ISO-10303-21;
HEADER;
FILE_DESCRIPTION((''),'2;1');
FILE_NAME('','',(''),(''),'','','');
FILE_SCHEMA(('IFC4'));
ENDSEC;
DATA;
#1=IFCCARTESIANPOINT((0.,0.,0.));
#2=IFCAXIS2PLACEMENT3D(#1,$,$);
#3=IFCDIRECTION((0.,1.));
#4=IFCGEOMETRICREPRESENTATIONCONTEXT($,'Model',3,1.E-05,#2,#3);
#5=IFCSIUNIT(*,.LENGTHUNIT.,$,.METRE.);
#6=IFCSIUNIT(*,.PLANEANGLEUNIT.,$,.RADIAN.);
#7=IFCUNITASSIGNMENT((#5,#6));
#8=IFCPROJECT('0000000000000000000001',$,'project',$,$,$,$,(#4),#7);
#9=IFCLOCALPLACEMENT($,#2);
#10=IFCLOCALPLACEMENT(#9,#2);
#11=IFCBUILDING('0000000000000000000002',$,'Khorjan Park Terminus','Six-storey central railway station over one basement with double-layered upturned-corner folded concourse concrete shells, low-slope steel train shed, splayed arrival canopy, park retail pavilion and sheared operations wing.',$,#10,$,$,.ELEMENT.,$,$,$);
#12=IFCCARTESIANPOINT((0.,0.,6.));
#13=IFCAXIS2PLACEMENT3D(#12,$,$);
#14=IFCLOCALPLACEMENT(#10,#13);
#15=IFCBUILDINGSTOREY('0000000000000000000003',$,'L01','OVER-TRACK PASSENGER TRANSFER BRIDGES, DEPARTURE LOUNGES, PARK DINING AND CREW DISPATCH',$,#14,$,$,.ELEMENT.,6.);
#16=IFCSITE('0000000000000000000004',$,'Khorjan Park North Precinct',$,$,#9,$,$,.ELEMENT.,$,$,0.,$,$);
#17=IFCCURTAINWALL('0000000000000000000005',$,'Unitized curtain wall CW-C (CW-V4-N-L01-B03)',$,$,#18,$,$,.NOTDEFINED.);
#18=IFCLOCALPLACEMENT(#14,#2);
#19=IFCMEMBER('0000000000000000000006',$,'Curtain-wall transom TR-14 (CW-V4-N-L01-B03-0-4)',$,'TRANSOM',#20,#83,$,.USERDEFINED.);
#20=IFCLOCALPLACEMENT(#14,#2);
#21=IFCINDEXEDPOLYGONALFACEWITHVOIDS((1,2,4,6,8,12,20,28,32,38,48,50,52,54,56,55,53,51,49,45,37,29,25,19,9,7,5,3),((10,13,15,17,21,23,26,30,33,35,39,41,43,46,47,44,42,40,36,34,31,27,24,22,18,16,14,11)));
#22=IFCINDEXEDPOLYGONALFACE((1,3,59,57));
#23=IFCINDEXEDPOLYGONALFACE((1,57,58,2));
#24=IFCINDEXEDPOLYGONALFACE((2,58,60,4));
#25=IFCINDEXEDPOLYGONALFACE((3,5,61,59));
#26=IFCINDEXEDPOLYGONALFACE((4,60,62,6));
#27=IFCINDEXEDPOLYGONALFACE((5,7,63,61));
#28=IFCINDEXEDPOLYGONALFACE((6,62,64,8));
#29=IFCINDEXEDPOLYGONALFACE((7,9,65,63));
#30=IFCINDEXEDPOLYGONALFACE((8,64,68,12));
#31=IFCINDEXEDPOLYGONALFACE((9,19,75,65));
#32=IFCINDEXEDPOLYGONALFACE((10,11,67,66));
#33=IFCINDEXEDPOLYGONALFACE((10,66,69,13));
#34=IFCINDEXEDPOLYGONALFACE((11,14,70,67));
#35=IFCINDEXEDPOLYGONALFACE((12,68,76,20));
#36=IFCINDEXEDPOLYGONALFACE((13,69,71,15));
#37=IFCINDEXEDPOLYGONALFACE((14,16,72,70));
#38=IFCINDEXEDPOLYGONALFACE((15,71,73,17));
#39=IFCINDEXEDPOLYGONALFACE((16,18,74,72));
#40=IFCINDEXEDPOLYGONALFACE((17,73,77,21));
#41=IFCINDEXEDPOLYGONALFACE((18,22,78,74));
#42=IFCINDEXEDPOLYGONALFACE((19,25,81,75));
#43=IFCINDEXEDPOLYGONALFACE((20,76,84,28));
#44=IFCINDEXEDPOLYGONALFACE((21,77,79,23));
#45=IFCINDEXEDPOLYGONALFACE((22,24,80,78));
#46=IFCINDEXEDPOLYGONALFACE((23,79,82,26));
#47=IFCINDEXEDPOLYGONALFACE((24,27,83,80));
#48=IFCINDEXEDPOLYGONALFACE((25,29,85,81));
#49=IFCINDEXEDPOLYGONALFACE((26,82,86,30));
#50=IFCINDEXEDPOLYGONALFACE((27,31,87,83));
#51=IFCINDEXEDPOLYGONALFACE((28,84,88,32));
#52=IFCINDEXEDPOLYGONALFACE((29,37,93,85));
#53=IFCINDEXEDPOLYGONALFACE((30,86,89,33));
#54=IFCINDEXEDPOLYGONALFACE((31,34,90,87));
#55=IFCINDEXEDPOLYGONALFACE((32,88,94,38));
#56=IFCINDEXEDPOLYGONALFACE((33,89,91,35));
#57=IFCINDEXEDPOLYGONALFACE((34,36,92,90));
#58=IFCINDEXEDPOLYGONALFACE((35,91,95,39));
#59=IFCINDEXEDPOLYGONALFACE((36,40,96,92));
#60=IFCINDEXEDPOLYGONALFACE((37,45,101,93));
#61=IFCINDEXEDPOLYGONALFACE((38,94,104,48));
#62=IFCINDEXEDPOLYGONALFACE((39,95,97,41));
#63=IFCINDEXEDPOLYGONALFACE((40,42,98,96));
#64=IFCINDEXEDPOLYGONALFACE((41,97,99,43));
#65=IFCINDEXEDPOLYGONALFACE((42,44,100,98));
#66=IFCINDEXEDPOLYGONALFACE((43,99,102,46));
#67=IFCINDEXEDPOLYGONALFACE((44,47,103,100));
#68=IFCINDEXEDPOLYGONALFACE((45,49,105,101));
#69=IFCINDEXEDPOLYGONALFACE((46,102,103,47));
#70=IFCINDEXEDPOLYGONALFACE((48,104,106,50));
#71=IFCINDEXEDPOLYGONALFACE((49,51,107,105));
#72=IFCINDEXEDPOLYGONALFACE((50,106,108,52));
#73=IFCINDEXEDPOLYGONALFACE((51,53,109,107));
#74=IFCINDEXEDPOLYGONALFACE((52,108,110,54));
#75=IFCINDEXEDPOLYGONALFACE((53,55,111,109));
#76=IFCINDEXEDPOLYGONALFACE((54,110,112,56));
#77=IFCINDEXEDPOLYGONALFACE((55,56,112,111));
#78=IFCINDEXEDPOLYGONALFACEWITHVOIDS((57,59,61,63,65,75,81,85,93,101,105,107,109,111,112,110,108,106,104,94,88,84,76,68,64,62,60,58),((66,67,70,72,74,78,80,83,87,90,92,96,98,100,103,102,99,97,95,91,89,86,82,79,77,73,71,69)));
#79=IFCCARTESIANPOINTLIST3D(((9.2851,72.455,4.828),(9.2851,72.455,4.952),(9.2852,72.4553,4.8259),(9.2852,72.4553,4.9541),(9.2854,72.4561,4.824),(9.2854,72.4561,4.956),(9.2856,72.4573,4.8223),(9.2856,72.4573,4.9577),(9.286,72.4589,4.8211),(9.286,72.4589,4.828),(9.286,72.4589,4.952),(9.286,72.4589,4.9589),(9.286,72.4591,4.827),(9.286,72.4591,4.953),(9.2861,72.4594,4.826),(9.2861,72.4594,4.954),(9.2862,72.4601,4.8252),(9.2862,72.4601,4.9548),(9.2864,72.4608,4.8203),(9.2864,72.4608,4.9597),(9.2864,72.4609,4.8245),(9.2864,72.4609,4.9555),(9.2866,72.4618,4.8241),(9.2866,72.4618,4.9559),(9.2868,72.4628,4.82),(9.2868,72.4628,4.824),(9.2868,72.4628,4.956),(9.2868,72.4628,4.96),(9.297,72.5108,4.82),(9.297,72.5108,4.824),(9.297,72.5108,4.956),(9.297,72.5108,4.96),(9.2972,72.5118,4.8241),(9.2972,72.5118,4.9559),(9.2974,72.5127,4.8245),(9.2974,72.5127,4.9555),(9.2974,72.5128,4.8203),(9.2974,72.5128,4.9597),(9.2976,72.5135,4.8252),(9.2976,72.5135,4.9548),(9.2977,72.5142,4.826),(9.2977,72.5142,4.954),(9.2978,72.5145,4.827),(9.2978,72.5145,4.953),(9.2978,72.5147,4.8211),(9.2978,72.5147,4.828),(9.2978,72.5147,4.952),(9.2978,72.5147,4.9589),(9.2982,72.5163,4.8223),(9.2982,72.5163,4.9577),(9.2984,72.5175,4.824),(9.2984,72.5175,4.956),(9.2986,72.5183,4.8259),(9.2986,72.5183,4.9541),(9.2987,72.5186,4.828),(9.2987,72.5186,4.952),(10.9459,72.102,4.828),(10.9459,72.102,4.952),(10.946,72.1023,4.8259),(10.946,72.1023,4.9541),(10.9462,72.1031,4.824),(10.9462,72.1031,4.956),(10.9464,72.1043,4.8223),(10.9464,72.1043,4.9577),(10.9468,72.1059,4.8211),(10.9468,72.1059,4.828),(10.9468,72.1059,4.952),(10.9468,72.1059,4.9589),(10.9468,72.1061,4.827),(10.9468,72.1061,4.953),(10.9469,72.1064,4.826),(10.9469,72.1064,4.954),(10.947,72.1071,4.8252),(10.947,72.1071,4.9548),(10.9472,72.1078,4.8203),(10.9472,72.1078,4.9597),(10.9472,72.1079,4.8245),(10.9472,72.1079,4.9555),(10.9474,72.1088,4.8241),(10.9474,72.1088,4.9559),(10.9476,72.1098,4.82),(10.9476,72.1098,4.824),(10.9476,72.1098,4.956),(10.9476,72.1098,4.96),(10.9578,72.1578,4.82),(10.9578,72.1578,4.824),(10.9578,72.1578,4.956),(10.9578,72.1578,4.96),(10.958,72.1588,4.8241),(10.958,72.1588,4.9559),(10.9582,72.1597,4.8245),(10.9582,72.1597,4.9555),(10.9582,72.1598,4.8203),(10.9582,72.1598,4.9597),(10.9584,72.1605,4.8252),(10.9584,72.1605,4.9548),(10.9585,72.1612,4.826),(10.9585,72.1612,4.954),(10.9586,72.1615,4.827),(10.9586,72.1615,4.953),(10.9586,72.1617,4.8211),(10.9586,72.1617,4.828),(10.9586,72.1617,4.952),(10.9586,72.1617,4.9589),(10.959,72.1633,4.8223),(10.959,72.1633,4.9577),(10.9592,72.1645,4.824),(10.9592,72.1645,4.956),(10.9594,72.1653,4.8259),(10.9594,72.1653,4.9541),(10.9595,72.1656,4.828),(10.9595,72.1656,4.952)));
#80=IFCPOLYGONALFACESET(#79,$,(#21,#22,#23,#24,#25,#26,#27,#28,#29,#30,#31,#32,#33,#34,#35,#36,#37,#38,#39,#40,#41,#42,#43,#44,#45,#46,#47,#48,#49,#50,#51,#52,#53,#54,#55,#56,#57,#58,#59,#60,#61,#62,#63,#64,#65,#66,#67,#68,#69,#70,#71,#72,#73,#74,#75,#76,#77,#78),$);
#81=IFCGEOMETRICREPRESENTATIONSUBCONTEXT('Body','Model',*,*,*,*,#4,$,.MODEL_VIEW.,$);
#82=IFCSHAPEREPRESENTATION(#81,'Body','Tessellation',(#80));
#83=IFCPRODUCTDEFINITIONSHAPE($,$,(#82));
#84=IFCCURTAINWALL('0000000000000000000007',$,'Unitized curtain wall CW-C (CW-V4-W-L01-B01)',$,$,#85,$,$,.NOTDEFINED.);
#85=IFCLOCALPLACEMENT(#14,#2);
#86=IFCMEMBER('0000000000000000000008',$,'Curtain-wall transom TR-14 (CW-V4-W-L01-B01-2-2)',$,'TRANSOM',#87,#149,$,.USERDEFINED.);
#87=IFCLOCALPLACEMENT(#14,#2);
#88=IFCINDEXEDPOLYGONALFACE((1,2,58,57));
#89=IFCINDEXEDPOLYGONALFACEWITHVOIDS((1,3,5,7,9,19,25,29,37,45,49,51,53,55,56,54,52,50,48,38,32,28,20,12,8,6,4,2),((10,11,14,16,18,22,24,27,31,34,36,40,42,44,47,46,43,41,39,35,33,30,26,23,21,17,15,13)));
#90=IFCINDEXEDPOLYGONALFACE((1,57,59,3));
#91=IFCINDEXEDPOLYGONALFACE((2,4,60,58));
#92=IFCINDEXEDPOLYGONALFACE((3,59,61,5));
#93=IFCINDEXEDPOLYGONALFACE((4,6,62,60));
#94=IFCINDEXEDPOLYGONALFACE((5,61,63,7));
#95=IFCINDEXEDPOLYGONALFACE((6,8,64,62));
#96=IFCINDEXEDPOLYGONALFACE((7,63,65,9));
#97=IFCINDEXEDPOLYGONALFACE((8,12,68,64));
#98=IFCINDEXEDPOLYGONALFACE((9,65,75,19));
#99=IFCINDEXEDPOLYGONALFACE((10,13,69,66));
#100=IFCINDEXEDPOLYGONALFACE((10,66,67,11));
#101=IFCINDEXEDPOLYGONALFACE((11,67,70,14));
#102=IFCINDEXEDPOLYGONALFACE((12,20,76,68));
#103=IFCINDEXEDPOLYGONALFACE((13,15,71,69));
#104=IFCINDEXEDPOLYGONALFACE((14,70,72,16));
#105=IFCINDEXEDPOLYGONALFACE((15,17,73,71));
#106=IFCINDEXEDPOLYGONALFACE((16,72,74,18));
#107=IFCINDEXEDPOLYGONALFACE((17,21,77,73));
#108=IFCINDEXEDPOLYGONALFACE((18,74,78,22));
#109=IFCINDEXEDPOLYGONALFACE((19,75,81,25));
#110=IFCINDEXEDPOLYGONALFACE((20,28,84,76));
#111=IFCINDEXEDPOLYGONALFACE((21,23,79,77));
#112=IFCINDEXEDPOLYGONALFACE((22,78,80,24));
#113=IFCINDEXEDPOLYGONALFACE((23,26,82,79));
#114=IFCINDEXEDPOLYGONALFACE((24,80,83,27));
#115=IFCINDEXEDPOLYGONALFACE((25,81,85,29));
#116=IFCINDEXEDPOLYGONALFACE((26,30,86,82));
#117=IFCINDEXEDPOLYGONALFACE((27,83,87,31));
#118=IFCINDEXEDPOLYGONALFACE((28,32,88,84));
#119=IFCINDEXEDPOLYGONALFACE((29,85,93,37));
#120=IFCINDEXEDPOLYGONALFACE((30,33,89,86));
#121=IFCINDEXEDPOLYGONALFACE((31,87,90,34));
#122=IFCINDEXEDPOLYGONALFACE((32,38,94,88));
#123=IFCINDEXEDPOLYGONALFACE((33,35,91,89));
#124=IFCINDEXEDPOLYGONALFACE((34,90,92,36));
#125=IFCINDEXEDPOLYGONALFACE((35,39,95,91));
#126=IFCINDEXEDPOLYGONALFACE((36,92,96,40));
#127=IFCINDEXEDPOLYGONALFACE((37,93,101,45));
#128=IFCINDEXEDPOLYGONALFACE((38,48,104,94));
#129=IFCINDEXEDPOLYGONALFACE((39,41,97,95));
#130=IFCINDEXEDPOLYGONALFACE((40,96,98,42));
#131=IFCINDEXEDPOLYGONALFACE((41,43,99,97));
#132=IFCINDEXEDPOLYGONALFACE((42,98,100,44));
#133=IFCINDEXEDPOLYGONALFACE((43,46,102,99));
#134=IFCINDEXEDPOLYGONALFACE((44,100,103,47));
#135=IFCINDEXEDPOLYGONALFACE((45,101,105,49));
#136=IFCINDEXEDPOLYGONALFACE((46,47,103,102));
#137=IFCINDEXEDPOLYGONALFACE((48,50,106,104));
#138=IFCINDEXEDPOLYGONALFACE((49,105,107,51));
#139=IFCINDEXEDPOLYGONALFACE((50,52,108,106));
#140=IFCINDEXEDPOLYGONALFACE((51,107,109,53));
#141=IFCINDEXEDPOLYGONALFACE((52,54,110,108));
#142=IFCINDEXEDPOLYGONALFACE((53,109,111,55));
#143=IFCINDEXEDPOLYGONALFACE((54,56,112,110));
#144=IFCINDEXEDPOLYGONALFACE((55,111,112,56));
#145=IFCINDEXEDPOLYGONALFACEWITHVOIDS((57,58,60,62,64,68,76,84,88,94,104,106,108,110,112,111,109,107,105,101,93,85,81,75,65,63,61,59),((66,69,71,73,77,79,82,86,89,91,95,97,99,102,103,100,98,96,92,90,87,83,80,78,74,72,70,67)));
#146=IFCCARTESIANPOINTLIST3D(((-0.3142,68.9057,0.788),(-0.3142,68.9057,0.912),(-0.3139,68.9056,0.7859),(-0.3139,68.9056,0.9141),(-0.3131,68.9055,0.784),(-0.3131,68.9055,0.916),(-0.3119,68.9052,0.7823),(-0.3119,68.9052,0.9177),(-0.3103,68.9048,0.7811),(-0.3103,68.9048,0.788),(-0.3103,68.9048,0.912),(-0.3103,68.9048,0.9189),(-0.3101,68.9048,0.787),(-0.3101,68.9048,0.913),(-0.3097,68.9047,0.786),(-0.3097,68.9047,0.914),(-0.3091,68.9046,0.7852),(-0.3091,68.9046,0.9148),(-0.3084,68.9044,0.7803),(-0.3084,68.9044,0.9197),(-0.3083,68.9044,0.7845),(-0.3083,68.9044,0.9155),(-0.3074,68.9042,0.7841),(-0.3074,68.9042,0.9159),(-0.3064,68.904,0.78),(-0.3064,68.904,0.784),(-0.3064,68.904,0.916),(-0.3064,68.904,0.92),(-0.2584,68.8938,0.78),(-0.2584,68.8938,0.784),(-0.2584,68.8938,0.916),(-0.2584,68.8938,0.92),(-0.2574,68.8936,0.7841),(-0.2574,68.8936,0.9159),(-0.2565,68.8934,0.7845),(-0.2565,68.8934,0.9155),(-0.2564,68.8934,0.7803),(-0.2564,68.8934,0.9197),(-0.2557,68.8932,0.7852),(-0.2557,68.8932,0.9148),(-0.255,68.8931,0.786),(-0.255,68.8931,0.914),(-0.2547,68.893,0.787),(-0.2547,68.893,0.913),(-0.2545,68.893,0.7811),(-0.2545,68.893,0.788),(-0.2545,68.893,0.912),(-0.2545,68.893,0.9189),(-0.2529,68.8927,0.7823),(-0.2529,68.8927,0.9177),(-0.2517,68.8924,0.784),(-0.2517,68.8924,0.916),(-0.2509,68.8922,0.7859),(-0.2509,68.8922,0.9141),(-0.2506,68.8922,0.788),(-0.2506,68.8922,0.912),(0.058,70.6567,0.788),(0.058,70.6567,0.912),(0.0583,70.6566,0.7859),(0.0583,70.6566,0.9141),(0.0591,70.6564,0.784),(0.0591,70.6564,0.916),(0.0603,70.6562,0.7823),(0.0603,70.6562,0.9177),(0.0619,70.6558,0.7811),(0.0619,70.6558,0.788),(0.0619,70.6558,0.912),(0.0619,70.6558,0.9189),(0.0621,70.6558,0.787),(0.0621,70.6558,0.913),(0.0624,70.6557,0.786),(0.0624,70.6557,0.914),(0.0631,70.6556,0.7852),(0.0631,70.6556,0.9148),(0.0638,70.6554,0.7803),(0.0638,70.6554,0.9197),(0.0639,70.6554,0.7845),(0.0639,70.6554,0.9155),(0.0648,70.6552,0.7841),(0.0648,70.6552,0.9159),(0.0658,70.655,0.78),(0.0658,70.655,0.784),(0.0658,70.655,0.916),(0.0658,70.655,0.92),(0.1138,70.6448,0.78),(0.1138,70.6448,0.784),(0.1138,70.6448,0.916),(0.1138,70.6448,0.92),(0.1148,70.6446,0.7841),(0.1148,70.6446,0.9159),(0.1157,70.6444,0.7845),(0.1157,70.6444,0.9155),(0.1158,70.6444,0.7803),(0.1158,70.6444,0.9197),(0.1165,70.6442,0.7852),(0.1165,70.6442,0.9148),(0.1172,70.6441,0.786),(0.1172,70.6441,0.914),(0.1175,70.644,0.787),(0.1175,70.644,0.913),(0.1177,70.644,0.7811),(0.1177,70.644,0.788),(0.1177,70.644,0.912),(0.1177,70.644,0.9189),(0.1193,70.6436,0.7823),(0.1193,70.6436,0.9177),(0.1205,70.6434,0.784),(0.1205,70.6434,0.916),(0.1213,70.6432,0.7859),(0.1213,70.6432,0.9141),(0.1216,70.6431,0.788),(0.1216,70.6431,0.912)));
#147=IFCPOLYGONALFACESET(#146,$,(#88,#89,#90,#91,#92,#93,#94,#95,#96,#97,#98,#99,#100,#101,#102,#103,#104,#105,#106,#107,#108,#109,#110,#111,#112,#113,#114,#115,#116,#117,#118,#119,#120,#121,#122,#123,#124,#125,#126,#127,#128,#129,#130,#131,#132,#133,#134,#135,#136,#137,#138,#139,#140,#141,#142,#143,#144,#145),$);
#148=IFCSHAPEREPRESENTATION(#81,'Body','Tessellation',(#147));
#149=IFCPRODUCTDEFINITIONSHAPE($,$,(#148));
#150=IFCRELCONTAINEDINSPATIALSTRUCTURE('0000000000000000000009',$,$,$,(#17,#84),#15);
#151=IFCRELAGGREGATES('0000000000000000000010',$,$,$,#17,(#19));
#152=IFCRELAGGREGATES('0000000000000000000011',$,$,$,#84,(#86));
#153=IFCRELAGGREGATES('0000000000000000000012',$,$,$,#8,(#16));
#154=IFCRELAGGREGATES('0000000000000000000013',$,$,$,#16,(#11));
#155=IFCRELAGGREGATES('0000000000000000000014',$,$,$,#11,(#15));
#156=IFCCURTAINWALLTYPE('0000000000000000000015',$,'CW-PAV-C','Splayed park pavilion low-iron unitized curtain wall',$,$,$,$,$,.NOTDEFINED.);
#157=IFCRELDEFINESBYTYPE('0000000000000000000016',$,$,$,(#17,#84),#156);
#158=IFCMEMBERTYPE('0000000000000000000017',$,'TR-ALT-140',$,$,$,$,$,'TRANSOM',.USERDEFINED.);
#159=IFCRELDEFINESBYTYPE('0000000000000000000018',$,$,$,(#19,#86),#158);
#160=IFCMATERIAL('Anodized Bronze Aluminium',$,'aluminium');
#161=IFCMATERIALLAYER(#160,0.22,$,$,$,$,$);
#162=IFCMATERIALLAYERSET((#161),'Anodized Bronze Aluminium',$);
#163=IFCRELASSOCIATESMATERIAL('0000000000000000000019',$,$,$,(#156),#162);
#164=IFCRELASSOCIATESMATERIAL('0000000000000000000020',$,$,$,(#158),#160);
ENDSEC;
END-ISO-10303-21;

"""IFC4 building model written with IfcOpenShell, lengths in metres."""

from ifc_helpers import new_model, si_unit, direction, frame, origin, origin_2d, place, context, subcontext, project, spatial, hollow_rectangle, extrude, material, layer, layer_set, material_profile, profile_set, type_object, element, aggregate, save


model = new_model("IFC4")

# Units and contexts
model_context = context("Model", 3, precision=1e-05, world=origin(), true_north=direction((0.0, 1.0)))
body_context = subcontext(model_context, "Body", "Model", "MODEL_VIEW")
ifc_project = project(units=[si_unit("LENGTHUNIT", "METRE"), si_unit("PLANEANGLEUNIT", "RADIAN")], contexts=[model_context])

# Site, building, storey
site_placement = place(None, origin())
site = spatial("IfcSite", under=ifc_project, at=site_placement, Name="Khorjan Park North Precinct", CompositionType="ELEMENT", RefElevation=0.0)
building_placement = place(site_placement, origin())
building = spatial("IfcBuilding", under=site, at=building_placement, Name="Khorjan Park Terminus", Description="Six-storey central railway station over one basement with double-layered upturned-corner folded concourse concrete shells, low-slope steel train shed, splayed arrival canopy, park retail pavilion and sheared operations wing.", CompositionType="ELEMENT")
storey_placement = place(building_placement, frame((0.0, 0.0, 6.0)))
storey = spatial("IfcBuildingStorey", under=building, at=storey_placement, Name="L01", Description="OVER-TRACK PASSENGER TRANSFER BRIDGES, DEPARTURE LOUNGES, PARK DINING AND CREW DISPATCH", CompositionType="ELEMENT", Elevation=6.0)

# Curtain wall, member
ifc_material_1 = material(Name="Anodized Bronze Aluminium", Category="aluminium")
ifc_layer_1 = layer(ifc_material_1, 0.22)
ifc_layer_set_1 = layer_set([ifc_layer_1], Name="Anodized Bronze Aluminium")
curtain_wall_type = type_object("IfcCurtainWallType", Name="CW-PAV-C", Description="Splayed park pavilion low-iron unitized curtain wall", PredefinedType="NOTDEFINED", material=ifc_layer_set_1)
curtain_wall_1_placement = place(storey_placement, origin())
curtain_wall_1 = element("IfcCurtainWall", 1, at=curtain_wall_1_placement, inside=storey, type_object=curtain_wall_type, Name="Unitized curtain wall CW-C (CW-V4-N-L01-B03)", PredefinedType="NOTDEFINED")
ifc_material_profile_1 = material_profile(ifc_material_1, hollow_rectangle(XDim=0.065, YDim=0.14, WallThickness=0.004, InnerFilletRadius=0.004, OuterFilletRadius=0.008, at=origin_2d()), Name="ALT 65x140x4")
ifc_profile_set_1 = profile_set([ifc_material_profile_1], Name="Anodized Bronze Aluminium")
member_type_1 = type_object("IfcMemberType", Name="TR-ALT-140", ElementType="TRANSOM", PredefinedType="USERDEFINED", material=ifc_profile_set_1)
member_1_placement = place(storey_placement, frame((10.9527, 72.1338, 4.89), z_axis=(-0.978149, 0.207904, 0.0), x_axis=(-0.207904, -0.978149, 0.0)))
member_1 = element("IfcMember", 2, at=member_1_placement, type_object=member_type_1, Name="Curtain-wall transom TR-14 (CW-V4-N-L01-B03-0-4)", ObjectType="TRANSOM", PredefinedType="USERDEFINED", context=body_context, shape_type="SweptSolid", body=[
    extrude(hollow_rectangle(XDim=0.065, YDim=0.14, WallThickness=0.004, InnerFilletRadius=0.004, OuterFilletRadius=0.008, at=origin_2d()), origin(), (0.0, 0.0, 1.0), 1.6979),
])

# Curtain wall, member
curtain_wall_2_placement = place(storey_placement, origin())
curtain_wall_2 = element("IfcCurtainWall", 3, at=curtain_wall_2_placement, inside=storey, type_object=curtain_wall_type, Name="Unitized curtain wall CW-C (CW-V4-W-L01-B01)", PredefinedType="NOTDEFINED")
member_2_placement = place(storey_placement, frame((0.0898, 70.6499, 0.85), z_axis=(-0.207919, -0.978146, 0.0), x_axis=(0.978146, -0.207919, 0.0)))
member_2 = element("IfcMember", 4, at=member_2_placement, type_object=member_type_1, Name="Curtain-wall transom TR-14 (CW-V4-W-L01-B01-2-2)", ObjectType="TRANSOM", PredefinedType="USERDEFINED", context=body_context, shape_type="SweptSolid", body=[
    extrude(hollow_rectangle(XDim=0.065, YDim=0.14, WallThickness=0.004, InnerFilletRadius=0.004, OuterFilletRadius=0.008, at=origin_2d()), origin(), (0.0, 0.0, 1.0), 1.7901),
])

aggregate(curtain_wall_1, [member_1])
aggregate(curtain_wall_2, [member_2])

save(model, "model.ifc")
